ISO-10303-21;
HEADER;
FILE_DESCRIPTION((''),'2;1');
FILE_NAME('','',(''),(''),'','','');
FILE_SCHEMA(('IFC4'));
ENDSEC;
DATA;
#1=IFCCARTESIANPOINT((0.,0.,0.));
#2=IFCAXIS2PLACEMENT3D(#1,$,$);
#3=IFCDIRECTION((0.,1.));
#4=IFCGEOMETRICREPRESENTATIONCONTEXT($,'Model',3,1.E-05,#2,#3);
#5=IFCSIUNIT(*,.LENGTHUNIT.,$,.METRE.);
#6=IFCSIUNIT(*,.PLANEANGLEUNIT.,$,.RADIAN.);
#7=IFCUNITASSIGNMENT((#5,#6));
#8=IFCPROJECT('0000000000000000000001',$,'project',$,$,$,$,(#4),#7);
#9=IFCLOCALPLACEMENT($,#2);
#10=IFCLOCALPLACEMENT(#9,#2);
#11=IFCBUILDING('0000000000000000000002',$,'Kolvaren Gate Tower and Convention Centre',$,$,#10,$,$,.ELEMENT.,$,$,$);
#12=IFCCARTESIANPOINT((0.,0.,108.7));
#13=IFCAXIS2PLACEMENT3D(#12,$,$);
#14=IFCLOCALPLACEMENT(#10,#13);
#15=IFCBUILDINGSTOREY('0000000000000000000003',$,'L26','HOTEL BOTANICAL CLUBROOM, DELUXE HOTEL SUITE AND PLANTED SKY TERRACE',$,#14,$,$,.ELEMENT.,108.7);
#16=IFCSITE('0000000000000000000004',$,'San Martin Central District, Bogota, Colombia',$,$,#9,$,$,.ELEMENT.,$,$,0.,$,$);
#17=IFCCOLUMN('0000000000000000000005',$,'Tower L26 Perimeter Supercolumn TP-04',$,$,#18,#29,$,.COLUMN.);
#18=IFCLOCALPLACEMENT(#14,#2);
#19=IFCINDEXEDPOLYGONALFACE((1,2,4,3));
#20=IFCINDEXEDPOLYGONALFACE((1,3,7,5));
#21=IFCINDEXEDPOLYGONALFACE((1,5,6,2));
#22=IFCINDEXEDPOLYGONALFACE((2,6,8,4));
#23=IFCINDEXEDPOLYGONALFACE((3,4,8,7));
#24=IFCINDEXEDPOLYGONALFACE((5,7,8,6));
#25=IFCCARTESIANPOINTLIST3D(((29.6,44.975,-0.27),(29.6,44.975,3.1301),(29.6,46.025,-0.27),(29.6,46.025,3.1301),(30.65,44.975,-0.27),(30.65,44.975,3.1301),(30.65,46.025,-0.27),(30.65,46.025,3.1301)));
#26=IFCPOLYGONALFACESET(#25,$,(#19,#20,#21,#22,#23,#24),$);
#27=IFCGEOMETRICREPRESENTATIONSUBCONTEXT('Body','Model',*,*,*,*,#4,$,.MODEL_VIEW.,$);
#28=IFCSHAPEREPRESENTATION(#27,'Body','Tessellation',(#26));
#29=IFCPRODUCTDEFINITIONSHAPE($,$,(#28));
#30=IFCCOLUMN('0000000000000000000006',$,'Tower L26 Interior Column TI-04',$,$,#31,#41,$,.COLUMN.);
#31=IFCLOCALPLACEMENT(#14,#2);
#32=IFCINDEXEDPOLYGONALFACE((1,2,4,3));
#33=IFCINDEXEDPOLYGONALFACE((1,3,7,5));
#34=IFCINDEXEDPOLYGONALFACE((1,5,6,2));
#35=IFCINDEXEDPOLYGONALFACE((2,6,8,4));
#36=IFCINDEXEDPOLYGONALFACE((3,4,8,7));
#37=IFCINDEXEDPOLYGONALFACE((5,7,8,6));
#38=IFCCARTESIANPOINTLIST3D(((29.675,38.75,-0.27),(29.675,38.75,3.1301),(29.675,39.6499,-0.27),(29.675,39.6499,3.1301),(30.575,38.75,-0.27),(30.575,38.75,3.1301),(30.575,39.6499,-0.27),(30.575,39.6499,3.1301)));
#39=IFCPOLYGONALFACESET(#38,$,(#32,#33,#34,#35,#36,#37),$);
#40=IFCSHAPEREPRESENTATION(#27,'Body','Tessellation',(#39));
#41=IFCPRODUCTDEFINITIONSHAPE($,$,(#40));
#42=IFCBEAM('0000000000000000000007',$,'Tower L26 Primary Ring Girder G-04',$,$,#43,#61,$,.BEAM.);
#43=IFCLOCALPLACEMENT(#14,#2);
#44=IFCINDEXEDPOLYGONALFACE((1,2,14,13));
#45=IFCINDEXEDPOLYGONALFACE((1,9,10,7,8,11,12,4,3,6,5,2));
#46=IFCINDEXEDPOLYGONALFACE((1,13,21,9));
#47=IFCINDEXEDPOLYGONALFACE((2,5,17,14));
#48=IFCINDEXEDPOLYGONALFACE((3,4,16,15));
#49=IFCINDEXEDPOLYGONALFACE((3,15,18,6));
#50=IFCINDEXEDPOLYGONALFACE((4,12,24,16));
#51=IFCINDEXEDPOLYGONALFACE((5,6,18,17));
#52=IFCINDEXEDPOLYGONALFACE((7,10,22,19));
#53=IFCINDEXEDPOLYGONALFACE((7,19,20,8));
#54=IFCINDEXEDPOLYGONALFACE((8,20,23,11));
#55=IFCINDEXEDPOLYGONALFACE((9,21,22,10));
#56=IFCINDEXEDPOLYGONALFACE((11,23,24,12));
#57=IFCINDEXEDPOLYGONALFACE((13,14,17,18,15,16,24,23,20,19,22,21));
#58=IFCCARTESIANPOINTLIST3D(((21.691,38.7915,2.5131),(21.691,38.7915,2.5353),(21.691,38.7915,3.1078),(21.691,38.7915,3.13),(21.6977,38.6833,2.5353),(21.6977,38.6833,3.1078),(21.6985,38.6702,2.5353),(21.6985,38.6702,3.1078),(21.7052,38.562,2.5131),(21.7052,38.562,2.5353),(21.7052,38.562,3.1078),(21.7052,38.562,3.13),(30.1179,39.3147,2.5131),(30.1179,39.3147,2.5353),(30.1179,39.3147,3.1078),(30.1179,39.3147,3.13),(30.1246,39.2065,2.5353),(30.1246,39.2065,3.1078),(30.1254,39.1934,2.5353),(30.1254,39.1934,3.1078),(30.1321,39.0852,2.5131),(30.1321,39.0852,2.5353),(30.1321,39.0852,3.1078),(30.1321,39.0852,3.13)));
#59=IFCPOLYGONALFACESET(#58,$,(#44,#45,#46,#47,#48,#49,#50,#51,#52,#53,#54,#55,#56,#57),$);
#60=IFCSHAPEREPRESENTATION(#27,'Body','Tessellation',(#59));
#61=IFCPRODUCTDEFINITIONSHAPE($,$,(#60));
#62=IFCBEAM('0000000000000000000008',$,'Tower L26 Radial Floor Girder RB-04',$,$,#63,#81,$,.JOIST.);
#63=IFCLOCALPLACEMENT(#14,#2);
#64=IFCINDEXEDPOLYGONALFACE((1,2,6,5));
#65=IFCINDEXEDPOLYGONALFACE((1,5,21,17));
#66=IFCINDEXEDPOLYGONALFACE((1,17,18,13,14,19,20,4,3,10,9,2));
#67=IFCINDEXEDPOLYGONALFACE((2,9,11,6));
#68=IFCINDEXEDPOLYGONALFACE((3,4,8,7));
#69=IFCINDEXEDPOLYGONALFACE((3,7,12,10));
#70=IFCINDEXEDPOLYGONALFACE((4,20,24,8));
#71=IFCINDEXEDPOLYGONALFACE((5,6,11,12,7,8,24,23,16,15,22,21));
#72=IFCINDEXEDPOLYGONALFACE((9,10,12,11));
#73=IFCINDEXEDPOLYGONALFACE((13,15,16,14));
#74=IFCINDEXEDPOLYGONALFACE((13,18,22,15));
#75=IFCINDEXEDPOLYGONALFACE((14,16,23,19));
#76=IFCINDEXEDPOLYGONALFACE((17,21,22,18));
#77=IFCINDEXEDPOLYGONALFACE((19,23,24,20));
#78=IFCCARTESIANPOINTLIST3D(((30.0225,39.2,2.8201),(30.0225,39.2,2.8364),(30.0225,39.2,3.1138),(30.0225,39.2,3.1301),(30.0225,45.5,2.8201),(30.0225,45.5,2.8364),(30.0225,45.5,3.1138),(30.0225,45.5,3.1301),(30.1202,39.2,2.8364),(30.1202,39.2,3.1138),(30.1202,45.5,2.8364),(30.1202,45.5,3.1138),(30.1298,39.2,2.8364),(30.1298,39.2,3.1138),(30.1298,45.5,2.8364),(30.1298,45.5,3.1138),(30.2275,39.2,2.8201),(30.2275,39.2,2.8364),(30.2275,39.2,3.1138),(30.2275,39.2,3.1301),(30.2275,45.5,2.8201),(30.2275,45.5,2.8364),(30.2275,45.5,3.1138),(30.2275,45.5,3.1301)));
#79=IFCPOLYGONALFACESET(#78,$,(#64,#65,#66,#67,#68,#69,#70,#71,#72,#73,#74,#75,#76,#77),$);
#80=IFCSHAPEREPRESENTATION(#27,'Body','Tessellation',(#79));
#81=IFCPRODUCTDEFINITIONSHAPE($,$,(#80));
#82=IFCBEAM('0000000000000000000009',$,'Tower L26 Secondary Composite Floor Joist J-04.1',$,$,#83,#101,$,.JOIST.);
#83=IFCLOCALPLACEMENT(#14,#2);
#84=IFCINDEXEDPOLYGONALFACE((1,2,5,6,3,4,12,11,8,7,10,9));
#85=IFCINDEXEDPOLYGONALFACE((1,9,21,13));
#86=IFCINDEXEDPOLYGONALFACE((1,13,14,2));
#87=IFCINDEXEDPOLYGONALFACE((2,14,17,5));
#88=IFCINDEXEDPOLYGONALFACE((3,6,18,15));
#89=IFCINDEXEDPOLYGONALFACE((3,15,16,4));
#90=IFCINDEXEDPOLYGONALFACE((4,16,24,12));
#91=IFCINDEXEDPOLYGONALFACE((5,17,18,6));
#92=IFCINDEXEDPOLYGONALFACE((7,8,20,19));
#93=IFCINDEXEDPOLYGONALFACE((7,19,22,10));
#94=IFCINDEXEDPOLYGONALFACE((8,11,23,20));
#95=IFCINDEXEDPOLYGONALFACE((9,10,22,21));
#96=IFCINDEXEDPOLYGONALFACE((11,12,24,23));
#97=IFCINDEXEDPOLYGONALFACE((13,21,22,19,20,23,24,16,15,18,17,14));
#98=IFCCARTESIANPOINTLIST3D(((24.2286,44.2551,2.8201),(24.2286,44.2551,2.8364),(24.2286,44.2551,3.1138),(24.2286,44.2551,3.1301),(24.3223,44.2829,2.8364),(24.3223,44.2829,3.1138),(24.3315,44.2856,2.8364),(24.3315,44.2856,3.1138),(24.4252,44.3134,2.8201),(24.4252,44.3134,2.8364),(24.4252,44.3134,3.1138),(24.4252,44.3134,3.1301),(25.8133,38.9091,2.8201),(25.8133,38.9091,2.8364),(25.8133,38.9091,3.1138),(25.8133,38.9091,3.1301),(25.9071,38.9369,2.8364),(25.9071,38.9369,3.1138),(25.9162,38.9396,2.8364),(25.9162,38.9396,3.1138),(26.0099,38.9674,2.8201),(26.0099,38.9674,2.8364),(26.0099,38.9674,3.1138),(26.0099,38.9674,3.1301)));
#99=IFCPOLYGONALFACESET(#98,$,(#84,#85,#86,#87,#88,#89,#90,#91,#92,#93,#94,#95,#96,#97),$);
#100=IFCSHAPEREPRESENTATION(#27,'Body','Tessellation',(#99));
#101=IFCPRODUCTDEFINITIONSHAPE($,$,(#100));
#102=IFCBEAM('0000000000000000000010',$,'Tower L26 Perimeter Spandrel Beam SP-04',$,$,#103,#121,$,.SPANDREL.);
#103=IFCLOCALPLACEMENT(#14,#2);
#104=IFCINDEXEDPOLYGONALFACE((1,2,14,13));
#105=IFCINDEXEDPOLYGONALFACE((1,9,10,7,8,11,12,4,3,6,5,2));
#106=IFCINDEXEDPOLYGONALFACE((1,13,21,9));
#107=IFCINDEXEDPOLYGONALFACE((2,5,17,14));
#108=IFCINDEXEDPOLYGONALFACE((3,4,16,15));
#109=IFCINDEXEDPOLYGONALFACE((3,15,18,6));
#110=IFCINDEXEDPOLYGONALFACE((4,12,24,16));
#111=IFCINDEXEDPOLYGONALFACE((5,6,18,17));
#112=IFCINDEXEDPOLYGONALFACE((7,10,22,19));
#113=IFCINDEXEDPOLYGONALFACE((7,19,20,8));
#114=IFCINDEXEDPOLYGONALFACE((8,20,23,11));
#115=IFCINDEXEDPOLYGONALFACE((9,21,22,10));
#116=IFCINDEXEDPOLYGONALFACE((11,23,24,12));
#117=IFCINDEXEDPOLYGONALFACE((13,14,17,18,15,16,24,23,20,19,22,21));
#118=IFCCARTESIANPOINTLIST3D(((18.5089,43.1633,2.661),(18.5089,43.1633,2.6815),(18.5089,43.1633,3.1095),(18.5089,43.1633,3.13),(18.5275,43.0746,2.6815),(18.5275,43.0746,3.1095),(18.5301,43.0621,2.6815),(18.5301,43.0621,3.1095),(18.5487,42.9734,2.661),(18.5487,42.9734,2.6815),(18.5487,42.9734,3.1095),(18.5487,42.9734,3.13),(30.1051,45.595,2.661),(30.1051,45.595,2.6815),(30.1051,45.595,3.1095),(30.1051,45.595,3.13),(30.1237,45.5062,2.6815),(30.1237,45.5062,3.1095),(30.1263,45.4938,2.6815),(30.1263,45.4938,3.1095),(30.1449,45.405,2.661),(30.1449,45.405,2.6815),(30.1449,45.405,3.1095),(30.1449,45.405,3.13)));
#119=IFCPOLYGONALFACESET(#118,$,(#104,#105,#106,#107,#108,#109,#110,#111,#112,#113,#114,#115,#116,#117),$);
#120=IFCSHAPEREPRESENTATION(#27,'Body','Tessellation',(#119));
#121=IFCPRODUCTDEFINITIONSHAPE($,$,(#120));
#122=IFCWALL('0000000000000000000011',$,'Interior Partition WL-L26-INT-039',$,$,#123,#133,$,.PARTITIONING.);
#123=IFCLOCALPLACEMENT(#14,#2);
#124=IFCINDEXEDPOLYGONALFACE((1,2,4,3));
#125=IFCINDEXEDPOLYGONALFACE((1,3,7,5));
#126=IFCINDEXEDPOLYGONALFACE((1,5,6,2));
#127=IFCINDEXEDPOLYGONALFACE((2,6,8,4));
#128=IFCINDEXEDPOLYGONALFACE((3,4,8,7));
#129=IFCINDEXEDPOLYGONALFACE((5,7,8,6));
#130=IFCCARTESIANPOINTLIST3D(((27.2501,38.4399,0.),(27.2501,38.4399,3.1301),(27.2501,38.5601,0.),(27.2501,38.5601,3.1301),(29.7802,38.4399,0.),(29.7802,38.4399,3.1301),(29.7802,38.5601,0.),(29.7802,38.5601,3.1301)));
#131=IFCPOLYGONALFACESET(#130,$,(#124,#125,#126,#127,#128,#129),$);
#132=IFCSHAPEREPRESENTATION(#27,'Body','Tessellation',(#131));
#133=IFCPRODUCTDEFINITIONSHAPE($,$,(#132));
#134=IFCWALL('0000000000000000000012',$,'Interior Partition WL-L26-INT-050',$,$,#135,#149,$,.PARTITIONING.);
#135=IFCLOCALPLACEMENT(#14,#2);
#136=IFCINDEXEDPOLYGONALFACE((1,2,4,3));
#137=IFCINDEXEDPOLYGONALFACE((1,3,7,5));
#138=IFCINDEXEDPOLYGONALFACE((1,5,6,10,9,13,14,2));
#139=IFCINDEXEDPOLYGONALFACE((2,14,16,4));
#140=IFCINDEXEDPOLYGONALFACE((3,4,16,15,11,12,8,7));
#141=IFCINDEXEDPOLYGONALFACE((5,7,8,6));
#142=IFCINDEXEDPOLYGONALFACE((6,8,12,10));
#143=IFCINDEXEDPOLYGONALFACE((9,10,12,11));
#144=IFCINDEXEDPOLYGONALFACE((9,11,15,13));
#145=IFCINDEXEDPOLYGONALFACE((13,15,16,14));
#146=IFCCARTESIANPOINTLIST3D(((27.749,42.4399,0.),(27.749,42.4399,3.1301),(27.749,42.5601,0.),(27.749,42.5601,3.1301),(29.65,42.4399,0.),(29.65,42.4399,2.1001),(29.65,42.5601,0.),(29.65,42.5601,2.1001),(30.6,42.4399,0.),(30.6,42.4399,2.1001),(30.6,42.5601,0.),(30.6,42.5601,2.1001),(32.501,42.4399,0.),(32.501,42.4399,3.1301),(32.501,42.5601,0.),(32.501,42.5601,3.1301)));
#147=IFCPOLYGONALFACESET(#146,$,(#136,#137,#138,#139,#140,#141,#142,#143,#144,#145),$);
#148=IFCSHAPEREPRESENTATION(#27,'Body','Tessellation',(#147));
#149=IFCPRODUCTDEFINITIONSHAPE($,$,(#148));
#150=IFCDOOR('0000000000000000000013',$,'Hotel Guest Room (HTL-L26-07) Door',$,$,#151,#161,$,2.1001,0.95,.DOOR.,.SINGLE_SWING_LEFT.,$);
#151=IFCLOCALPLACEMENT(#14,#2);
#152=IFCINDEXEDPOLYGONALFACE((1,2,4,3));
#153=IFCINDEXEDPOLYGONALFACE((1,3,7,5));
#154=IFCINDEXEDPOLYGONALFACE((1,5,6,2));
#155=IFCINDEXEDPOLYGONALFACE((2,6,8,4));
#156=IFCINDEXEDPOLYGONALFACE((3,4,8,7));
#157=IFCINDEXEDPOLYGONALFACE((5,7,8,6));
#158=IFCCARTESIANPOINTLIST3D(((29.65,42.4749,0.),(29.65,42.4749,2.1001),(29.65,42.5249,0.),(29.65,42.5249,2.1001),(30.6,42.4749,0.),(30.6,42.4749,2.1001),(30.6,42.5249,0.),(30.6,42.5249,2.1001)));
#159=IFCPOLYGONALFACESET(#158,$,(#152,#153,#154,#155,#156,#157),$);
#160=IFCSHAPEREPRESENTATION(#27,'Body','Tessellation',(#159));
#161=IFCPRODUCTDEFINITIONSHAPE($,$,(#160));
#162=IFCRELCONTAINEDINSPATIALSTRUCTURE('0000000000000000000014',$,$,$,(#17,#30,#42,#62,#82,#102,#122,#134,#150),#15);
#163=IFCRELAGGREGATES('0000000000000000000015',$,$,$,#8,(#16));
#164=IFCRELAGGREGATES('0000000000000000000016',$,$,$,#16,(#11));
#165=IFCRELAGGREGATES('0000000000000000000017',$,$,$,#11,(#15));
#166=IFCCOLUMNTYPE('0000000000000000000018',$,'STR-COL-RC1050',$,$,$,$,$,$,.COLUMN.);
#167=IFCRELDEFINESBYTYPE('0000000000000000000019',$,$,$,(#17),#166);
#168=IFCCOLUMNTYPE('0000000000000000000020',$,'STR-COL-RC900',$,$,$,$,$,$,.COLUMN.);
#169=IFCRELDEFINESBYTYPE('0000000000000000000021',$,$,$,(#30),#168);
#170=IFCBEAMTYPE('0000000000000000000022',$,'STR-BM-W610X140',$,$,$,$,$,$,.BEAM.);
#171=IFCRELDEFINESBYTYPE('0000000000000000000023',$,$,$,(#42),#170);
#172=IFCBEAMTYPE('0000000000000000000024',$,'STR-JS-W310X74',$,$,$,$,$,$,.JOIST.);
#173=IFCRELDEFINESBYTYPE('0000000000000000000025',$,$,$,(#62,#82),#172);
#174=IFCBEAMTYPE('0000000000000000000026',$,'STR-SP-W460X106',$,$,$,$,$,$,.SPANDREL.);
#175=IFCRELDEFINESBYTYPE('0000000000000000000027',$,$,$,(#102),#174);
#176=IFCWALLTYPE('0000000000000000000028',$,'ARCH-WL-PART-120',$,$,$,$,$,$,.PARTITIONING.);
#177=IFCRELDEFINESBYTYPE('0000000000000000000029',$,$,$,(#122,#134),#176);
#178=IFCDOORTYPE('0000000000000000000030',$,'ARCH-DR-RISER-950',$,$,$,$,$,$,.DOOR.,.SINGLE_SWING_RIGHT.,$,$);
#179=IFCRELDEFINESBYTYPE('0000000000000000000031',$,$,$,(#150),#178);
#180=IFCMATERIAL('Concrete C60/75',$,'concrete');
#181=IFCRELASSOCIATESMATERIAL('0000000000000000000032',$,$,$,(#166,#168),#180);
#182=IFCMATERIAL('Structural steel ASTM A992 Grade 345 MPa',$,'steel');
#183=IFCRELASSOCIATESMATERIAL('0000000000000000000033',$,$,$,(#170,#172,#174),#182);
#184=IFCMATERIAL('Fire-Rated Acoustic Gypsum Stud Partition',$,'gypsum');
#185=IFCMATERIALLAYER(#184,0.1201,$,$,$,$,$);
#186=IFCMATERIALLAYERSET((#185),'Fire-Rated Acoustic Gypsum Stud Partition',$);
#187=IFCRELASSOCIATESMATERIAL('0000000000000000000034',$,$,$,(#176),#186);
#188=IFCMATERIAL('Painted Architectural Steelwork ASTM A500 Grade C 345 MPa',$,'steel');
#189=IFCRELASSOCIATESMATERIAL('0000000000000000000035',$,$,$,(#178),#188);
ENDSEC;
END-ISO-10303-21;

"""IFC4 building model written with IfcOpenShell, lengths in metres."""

from ifc_helpers import new_model, si_unit, direction, frame, frame_2d, origin, origin_2d, place, context, subcontext, project, spatial, rectangle, i_section, extrude, material, layer, layer_set, material_profile, profile_set, type_object, element, fill, save


model = new_model("IFC4")

# Units and contexts
model_context = context("Model", 3, precision=1e-05, world=origin(), true_north=direction((0.0, 1.0)))
body_context = subcontext(model_context, "Body", "Model", "MODEL_VIEW")
ifc_project = project(units=[si_unit("LENGTHUNIT", "METRE"), si_unit("PLANEANGLEUNIT", "RADIAN")], contexts=[model_context])

# Site, building, storey
site_placement = place(None, origin())
site = spatial("IfcSite", under=ifc_project, at=site_placement, Name="San Martin Central District, Bogota, Colombia", CompositionType="ELEMENT", RefElevation=0.0)
building_placement = place(site_placement, origin())
building = spatial("IfcBuilding", under=site, at=building_placement, Name="Kolvaren Gate Tower and Convention Centre", CompositionType="ELEMENT")
storey_placement = place(building_placement, frame((0.0, 0.0, 108.7)))
storey = spatial("IfcBuildingStorey", under=building, at=storey_placement, Name="L26", Description="HOTEL BOTANICAL CLUBROOM, DELUXE HOTEL SUITE AND PLANTED SKY TERRACE", CompositionType="ELEMENT", Elevation=108.7)

# Columns
ifc_material_1 = material(Name="Concrete C60/75", Category="concrete")
ifc_material_profile_1 = material_profile(ifc_material_1, rectangle(XDim=1.05, YDim=1.05, at=origin_2d()), Name="RC-COL-1050X1050")
ifc_profile_set_1 = profile_set([ifc_material_profile_1], Name="Concrete C60/75")
column_type_1 = type_object("IfcColumnType", Name="STR-COL-RC1050", PredefinedType="COLUMN", material=ifc_profile_set_1)
column_1_placement = place(storey_placement, frame((30.125, 45.5, -0.27), z_axis=(0.0, 0.0, 1.0), x_axis=(1.0, 0.0, 0.0)))
element("IfcColumn", 1, at=column_1_placement, inside=storey, type_object=column_type_1, Name="Tower L26 Perimeter Supercolumn TP-04", PredefinedType="COLUMN", context=body_context, shape_type="SweptSolid", body=[
    extrude(rectangle(XDim=1.05, YDim=1.05, at=origin_2d()), origin(), (0.0, 0.0, 1.0), 3.4001),
])
ifc_material_profile_2 = material_profile(ifc_material_1, rectangle(XDim=0.8999, YDim=0.8999, at=origin_2d()), Name="RC-COL-900X900")
ifc_profile_set_2 = profile_set([ifc_material_profile_2], Name="Concrete C60/75")
column_type_2 = type_object("IfcColumnType", Name="STR-COL-RC900", PredefinedType="COLUMN", material=ifc_profile_set_2)
column_2_placement = place(storey_placement, frame((30.125, 39.2, -0.27), z_axis=(0.0, 0.0, 1.0), x_axis=(1.0, 0.0, 0.0)))
element("IfcColumn", 2, at=column_2_placement, inside=storey, type_object=column_type_2, Name="Tower L26 Interior Column TI-04", PredefinedType="COLUMN", context=body_context, shape_type="SweptSolid", body=[
    extrude(rectangle(XDim=0.8999, YDim=0.8999, at=origin_2d()), origin(), (0.0, 0.0, 1.0), 3.4001),
])

# Beams
ifc_material_2 = material(Name="Structural steel ASTM A992 Grade 345 MPa", Category="steel")
ifc_material_profile_3 = material_profile(ifc_material_2, i_section(OverallWidth=0.23, OverallDepth=0.6169, WebThickness=0.0132, FlangeThickness=0.0222, at=origin_2d()), Name="W610X140")
ifc_profile_set_3 = profile_set([ifc_material_profile_3], Name="Structural steel ASTM A992 Grade 345 MPa")
beam_type_1 = type_object("IfcBeamType", Name="STR-BM-W610X140", PredefinedType="BEAM", material=ifc_profile_set_3)
beam_1_placement = place(storey_placement, frame((30.125, 39.2, 2.8215), z_axis=(-0.998078, -0.061966, 0.0), x_axis=(0.061966, -0.998078, 0.0)))
element("IfcBeam", 3, at=beam_1_placement, inside=storey, type_object=beam_type_1, Name="Tower L26 Primary Ring Girder G-04", PredefinedType="BEAM", context=body_context, shape_type="SweptSolid", body=[
    extrude(i_section(OverallWidth=0.23, OverallDepth=0.6169, WebThickness=0.0132, FlangeThickness=0.0222, at=origin_2d()), origin(), (0.0, 0.0, 1.0), 8.4431),
])
ifc_material_profile_4 = material_profile(ifc_material_2, i_section(OverallWidth=0.2051, OverallDepth=0.3101, WebThickness=0.0095, FlangeThickness=0.0164, at=origin_2d()), Name="W310X74")
ifc_profile_set_4 = profile_set([ifc_material_profile_4], Name="Structural steel ASTM A992 Grade 345 MPa")
beam_type_2 = type_object("IfcBeamType", Name="STR-JS-W310X74", PredefinedType="JOIST", material=ifc_profile_set_4)
beam_2_placement = place(storey_placement, frame((30.125, 39.2, 2.9751), z_axis=(0.0, 1.0, 0.0), x_axis=(-1.0, 0.0, 0.0)))
element("IfcBeam", 4, at=beam_2_placement, inside=storey, type_object=beam_type_2, Name="Tower L26 Radial Floor Girder RB-04", PredefinedType="JOIST", context=body_context, shape_type="SweptSolid", body=[
    extrude(i_section(OverallWidth=0.2051, OverallDepth=0.3101, WebThickness=0.0095, FlangeThickness=0.0164, at=origin_2d()), origin(), (0.0, 0.0, 1.0), 6.3),
])
beam_3_placement = place(storey_placement, frame((25.9116, 38.9382, 2.9751), z_axis=(-0.284209, 0.958762, 0.0), x_axis=(-0.958762, -0.284209, 0.0)))
element("IfcBeam", 5, at=beam_3_placement, inside=storey, type_object=beam_type_2, Name="Tower L26 Secondary Composite Floor Joist J-04.1", PredefinedType="JOIST", context=body_context, shape_type="SweptSolid", body=[
    extrude(i_section(OverallWidth=0.2051, OverallDepth=0.3101, WebThickness=0.0095, FlangeThickness=0.0164, at=origin_2d()), origin(), (0.0, 0.0, 1.0), 5.5759),
])
ifc_material_profile_5 = material_profile(ifc_material_2, i_section(OverallWidth=0.1941, OverallDepth=0.469, WebThickness=0.0127, FlangeThickness=0.0205, at=origin_2d()), Name="W460X106")
ifc_profile_set_5 = profile_set([ifc_material_profile_5], Name="Structural steel ASTM A992 Grade 345 MPa")
beam_type_3 = type_object("IfcBeamType", Name="STR-SP-W460X106", PredefinedType="SPANDREL", material=ifc_profile_set_5)
beam_4_placement = place(storey_placement, frame((30.125, 45.5, 2.8955), z_axis=(-0.978714, -0.205229, 0.0), x_axis=(0.205229, -0.978714, 0.0)))
element("IfcBeam", 6, at=beam_4_placement, inside=storey, type_object=beam_type_3, Name="Tower L26 Perimeter Spandrel Beam SP-04", PredefinedType="SPANDREL", context=body_context, shape_type="SweptSolid", body=[
    extrude(i_section(OverallWidth=0.1941, OverallDepth=0.469, WebThickness=0.0127, FlangeThickness=0.0205, at=origin_2d()), origin(), (0.0, 0.0, 1.0), 11.8484),
])

# Wall
ifc_material_3 = material(Name="Fire-Rated Acoustic Gypsum Stud Partition", Category="gypsum")
ifc_layer_1 = layer(ifc_material_3, 0.1201)
ifc_layer_set_1 = layer_set([ifc_layer_1], Name="Fire-Rated Acoustic Gypsum Stud Partition")
wall_type_1 = type_object("IfcWallType", Name="ARCH-WL-PART-120", PredefinedType="PARTITIONING", material=ifc_layer_set_1)
wall_1_placement = place(storey_placement, frame((27.25, 38.5, 0.0), z_axis=(0.0, 0.0, 1.0), x_axis=(1.0, 0.0, 0.0)))
element("IfcWall", 7, at=wall_1_placement, inside=storey, type_object=wall_type_1, Name="Interior Partition WL-L26-INT-039", PredefinedType="PARTITIONING", context=body_context, shape_type="SweptSolid", body=[
    extrude(rectangle(XDim=2.53, YDim=0.1201, at=frame_2d((1.2651, 0.0))), origin(), (0.0, 0.0, 1.0), 3.1301),
])

# Wall, opening, door
wall_2_placement = place(storey_placement, frame((27.749, 42.5, 0.0), z_axis=(0.0, 0.0, 1.0), x_axis=(1.0, 0.0, 0.0)))
wall_2 = element("IfcWall", 8, at=wall_2_placement, inside=storey, type_object=wall_type_1, Name="Interior Partition WL-L26-INT-050", PredefinedType="PARTITIONING", context=body_context, shape_type="SweptSolid", body=[
    extrude(rectangle(XDim=4.752, YDim=0.1201, at=frame_2d((2.376, 0.0))), origin(), (0.0, 0.0, 1.0), 3.1301),
])
opening_1_placement = place(wall_2_placement, frame((1.9009, 0.0, 0.0)))
opening_1 = element("IfcOpeningElement", 9, at=opening_1_placement, cuts=wall_2, PredefinedType="OPENING", context=body_context, shape_type="SweptSolid", body=[
    extrude(rectangle(XDim=0.95, YDim=2.1001, at=frame_2d((0.4751, 1.05))), frame((0.0, 0.0701, 0.0), z_axis=(0.0, -1.0, 0.0), x_axis=(1.0, 0.0, 0.0)), (0.0, 0.0, 1.0), 0.1401),
])
ifc_material_4 = material(Name="Painted Architectural Steelwork ASTM A500 Grade C 345 MPa", Category="steel")
door_type = type_object("IfcDoorType", Name="ARCH-DR-RISER-950", OperationType="SINGLE_SWING_RIGHT", PredefinedType="DOOR", material=ifc_material_4)
door_placement = place(opening_1_placement, origin())
door = element("IfcDoor", 10, at=door_placement, inside=storey, type_object=door_type, Name="Hotel Guest Room (HTL-L26-07) Door", OperationType="SINGLE_SWING_LEFT", OverallHeight=2.1001, OverallWidth=0.95, PredefinedType="DOOR", context=body_context, shape_type="SweptSolid", body=[
    extrude(rectangle(XDim=0.95, YDim=2.1001, at=frame_2d((0.4751, 1.05))), frame((0.0, 0.0249, 0.0), z_axis=(0.0, -1.0, 0.0), x_axis=(1.0, 0.0, 0.0)), (0.0, 0.0, 1.0), 0.05),
])
fill(opening_1, door)

save(model, "model.ifc")
